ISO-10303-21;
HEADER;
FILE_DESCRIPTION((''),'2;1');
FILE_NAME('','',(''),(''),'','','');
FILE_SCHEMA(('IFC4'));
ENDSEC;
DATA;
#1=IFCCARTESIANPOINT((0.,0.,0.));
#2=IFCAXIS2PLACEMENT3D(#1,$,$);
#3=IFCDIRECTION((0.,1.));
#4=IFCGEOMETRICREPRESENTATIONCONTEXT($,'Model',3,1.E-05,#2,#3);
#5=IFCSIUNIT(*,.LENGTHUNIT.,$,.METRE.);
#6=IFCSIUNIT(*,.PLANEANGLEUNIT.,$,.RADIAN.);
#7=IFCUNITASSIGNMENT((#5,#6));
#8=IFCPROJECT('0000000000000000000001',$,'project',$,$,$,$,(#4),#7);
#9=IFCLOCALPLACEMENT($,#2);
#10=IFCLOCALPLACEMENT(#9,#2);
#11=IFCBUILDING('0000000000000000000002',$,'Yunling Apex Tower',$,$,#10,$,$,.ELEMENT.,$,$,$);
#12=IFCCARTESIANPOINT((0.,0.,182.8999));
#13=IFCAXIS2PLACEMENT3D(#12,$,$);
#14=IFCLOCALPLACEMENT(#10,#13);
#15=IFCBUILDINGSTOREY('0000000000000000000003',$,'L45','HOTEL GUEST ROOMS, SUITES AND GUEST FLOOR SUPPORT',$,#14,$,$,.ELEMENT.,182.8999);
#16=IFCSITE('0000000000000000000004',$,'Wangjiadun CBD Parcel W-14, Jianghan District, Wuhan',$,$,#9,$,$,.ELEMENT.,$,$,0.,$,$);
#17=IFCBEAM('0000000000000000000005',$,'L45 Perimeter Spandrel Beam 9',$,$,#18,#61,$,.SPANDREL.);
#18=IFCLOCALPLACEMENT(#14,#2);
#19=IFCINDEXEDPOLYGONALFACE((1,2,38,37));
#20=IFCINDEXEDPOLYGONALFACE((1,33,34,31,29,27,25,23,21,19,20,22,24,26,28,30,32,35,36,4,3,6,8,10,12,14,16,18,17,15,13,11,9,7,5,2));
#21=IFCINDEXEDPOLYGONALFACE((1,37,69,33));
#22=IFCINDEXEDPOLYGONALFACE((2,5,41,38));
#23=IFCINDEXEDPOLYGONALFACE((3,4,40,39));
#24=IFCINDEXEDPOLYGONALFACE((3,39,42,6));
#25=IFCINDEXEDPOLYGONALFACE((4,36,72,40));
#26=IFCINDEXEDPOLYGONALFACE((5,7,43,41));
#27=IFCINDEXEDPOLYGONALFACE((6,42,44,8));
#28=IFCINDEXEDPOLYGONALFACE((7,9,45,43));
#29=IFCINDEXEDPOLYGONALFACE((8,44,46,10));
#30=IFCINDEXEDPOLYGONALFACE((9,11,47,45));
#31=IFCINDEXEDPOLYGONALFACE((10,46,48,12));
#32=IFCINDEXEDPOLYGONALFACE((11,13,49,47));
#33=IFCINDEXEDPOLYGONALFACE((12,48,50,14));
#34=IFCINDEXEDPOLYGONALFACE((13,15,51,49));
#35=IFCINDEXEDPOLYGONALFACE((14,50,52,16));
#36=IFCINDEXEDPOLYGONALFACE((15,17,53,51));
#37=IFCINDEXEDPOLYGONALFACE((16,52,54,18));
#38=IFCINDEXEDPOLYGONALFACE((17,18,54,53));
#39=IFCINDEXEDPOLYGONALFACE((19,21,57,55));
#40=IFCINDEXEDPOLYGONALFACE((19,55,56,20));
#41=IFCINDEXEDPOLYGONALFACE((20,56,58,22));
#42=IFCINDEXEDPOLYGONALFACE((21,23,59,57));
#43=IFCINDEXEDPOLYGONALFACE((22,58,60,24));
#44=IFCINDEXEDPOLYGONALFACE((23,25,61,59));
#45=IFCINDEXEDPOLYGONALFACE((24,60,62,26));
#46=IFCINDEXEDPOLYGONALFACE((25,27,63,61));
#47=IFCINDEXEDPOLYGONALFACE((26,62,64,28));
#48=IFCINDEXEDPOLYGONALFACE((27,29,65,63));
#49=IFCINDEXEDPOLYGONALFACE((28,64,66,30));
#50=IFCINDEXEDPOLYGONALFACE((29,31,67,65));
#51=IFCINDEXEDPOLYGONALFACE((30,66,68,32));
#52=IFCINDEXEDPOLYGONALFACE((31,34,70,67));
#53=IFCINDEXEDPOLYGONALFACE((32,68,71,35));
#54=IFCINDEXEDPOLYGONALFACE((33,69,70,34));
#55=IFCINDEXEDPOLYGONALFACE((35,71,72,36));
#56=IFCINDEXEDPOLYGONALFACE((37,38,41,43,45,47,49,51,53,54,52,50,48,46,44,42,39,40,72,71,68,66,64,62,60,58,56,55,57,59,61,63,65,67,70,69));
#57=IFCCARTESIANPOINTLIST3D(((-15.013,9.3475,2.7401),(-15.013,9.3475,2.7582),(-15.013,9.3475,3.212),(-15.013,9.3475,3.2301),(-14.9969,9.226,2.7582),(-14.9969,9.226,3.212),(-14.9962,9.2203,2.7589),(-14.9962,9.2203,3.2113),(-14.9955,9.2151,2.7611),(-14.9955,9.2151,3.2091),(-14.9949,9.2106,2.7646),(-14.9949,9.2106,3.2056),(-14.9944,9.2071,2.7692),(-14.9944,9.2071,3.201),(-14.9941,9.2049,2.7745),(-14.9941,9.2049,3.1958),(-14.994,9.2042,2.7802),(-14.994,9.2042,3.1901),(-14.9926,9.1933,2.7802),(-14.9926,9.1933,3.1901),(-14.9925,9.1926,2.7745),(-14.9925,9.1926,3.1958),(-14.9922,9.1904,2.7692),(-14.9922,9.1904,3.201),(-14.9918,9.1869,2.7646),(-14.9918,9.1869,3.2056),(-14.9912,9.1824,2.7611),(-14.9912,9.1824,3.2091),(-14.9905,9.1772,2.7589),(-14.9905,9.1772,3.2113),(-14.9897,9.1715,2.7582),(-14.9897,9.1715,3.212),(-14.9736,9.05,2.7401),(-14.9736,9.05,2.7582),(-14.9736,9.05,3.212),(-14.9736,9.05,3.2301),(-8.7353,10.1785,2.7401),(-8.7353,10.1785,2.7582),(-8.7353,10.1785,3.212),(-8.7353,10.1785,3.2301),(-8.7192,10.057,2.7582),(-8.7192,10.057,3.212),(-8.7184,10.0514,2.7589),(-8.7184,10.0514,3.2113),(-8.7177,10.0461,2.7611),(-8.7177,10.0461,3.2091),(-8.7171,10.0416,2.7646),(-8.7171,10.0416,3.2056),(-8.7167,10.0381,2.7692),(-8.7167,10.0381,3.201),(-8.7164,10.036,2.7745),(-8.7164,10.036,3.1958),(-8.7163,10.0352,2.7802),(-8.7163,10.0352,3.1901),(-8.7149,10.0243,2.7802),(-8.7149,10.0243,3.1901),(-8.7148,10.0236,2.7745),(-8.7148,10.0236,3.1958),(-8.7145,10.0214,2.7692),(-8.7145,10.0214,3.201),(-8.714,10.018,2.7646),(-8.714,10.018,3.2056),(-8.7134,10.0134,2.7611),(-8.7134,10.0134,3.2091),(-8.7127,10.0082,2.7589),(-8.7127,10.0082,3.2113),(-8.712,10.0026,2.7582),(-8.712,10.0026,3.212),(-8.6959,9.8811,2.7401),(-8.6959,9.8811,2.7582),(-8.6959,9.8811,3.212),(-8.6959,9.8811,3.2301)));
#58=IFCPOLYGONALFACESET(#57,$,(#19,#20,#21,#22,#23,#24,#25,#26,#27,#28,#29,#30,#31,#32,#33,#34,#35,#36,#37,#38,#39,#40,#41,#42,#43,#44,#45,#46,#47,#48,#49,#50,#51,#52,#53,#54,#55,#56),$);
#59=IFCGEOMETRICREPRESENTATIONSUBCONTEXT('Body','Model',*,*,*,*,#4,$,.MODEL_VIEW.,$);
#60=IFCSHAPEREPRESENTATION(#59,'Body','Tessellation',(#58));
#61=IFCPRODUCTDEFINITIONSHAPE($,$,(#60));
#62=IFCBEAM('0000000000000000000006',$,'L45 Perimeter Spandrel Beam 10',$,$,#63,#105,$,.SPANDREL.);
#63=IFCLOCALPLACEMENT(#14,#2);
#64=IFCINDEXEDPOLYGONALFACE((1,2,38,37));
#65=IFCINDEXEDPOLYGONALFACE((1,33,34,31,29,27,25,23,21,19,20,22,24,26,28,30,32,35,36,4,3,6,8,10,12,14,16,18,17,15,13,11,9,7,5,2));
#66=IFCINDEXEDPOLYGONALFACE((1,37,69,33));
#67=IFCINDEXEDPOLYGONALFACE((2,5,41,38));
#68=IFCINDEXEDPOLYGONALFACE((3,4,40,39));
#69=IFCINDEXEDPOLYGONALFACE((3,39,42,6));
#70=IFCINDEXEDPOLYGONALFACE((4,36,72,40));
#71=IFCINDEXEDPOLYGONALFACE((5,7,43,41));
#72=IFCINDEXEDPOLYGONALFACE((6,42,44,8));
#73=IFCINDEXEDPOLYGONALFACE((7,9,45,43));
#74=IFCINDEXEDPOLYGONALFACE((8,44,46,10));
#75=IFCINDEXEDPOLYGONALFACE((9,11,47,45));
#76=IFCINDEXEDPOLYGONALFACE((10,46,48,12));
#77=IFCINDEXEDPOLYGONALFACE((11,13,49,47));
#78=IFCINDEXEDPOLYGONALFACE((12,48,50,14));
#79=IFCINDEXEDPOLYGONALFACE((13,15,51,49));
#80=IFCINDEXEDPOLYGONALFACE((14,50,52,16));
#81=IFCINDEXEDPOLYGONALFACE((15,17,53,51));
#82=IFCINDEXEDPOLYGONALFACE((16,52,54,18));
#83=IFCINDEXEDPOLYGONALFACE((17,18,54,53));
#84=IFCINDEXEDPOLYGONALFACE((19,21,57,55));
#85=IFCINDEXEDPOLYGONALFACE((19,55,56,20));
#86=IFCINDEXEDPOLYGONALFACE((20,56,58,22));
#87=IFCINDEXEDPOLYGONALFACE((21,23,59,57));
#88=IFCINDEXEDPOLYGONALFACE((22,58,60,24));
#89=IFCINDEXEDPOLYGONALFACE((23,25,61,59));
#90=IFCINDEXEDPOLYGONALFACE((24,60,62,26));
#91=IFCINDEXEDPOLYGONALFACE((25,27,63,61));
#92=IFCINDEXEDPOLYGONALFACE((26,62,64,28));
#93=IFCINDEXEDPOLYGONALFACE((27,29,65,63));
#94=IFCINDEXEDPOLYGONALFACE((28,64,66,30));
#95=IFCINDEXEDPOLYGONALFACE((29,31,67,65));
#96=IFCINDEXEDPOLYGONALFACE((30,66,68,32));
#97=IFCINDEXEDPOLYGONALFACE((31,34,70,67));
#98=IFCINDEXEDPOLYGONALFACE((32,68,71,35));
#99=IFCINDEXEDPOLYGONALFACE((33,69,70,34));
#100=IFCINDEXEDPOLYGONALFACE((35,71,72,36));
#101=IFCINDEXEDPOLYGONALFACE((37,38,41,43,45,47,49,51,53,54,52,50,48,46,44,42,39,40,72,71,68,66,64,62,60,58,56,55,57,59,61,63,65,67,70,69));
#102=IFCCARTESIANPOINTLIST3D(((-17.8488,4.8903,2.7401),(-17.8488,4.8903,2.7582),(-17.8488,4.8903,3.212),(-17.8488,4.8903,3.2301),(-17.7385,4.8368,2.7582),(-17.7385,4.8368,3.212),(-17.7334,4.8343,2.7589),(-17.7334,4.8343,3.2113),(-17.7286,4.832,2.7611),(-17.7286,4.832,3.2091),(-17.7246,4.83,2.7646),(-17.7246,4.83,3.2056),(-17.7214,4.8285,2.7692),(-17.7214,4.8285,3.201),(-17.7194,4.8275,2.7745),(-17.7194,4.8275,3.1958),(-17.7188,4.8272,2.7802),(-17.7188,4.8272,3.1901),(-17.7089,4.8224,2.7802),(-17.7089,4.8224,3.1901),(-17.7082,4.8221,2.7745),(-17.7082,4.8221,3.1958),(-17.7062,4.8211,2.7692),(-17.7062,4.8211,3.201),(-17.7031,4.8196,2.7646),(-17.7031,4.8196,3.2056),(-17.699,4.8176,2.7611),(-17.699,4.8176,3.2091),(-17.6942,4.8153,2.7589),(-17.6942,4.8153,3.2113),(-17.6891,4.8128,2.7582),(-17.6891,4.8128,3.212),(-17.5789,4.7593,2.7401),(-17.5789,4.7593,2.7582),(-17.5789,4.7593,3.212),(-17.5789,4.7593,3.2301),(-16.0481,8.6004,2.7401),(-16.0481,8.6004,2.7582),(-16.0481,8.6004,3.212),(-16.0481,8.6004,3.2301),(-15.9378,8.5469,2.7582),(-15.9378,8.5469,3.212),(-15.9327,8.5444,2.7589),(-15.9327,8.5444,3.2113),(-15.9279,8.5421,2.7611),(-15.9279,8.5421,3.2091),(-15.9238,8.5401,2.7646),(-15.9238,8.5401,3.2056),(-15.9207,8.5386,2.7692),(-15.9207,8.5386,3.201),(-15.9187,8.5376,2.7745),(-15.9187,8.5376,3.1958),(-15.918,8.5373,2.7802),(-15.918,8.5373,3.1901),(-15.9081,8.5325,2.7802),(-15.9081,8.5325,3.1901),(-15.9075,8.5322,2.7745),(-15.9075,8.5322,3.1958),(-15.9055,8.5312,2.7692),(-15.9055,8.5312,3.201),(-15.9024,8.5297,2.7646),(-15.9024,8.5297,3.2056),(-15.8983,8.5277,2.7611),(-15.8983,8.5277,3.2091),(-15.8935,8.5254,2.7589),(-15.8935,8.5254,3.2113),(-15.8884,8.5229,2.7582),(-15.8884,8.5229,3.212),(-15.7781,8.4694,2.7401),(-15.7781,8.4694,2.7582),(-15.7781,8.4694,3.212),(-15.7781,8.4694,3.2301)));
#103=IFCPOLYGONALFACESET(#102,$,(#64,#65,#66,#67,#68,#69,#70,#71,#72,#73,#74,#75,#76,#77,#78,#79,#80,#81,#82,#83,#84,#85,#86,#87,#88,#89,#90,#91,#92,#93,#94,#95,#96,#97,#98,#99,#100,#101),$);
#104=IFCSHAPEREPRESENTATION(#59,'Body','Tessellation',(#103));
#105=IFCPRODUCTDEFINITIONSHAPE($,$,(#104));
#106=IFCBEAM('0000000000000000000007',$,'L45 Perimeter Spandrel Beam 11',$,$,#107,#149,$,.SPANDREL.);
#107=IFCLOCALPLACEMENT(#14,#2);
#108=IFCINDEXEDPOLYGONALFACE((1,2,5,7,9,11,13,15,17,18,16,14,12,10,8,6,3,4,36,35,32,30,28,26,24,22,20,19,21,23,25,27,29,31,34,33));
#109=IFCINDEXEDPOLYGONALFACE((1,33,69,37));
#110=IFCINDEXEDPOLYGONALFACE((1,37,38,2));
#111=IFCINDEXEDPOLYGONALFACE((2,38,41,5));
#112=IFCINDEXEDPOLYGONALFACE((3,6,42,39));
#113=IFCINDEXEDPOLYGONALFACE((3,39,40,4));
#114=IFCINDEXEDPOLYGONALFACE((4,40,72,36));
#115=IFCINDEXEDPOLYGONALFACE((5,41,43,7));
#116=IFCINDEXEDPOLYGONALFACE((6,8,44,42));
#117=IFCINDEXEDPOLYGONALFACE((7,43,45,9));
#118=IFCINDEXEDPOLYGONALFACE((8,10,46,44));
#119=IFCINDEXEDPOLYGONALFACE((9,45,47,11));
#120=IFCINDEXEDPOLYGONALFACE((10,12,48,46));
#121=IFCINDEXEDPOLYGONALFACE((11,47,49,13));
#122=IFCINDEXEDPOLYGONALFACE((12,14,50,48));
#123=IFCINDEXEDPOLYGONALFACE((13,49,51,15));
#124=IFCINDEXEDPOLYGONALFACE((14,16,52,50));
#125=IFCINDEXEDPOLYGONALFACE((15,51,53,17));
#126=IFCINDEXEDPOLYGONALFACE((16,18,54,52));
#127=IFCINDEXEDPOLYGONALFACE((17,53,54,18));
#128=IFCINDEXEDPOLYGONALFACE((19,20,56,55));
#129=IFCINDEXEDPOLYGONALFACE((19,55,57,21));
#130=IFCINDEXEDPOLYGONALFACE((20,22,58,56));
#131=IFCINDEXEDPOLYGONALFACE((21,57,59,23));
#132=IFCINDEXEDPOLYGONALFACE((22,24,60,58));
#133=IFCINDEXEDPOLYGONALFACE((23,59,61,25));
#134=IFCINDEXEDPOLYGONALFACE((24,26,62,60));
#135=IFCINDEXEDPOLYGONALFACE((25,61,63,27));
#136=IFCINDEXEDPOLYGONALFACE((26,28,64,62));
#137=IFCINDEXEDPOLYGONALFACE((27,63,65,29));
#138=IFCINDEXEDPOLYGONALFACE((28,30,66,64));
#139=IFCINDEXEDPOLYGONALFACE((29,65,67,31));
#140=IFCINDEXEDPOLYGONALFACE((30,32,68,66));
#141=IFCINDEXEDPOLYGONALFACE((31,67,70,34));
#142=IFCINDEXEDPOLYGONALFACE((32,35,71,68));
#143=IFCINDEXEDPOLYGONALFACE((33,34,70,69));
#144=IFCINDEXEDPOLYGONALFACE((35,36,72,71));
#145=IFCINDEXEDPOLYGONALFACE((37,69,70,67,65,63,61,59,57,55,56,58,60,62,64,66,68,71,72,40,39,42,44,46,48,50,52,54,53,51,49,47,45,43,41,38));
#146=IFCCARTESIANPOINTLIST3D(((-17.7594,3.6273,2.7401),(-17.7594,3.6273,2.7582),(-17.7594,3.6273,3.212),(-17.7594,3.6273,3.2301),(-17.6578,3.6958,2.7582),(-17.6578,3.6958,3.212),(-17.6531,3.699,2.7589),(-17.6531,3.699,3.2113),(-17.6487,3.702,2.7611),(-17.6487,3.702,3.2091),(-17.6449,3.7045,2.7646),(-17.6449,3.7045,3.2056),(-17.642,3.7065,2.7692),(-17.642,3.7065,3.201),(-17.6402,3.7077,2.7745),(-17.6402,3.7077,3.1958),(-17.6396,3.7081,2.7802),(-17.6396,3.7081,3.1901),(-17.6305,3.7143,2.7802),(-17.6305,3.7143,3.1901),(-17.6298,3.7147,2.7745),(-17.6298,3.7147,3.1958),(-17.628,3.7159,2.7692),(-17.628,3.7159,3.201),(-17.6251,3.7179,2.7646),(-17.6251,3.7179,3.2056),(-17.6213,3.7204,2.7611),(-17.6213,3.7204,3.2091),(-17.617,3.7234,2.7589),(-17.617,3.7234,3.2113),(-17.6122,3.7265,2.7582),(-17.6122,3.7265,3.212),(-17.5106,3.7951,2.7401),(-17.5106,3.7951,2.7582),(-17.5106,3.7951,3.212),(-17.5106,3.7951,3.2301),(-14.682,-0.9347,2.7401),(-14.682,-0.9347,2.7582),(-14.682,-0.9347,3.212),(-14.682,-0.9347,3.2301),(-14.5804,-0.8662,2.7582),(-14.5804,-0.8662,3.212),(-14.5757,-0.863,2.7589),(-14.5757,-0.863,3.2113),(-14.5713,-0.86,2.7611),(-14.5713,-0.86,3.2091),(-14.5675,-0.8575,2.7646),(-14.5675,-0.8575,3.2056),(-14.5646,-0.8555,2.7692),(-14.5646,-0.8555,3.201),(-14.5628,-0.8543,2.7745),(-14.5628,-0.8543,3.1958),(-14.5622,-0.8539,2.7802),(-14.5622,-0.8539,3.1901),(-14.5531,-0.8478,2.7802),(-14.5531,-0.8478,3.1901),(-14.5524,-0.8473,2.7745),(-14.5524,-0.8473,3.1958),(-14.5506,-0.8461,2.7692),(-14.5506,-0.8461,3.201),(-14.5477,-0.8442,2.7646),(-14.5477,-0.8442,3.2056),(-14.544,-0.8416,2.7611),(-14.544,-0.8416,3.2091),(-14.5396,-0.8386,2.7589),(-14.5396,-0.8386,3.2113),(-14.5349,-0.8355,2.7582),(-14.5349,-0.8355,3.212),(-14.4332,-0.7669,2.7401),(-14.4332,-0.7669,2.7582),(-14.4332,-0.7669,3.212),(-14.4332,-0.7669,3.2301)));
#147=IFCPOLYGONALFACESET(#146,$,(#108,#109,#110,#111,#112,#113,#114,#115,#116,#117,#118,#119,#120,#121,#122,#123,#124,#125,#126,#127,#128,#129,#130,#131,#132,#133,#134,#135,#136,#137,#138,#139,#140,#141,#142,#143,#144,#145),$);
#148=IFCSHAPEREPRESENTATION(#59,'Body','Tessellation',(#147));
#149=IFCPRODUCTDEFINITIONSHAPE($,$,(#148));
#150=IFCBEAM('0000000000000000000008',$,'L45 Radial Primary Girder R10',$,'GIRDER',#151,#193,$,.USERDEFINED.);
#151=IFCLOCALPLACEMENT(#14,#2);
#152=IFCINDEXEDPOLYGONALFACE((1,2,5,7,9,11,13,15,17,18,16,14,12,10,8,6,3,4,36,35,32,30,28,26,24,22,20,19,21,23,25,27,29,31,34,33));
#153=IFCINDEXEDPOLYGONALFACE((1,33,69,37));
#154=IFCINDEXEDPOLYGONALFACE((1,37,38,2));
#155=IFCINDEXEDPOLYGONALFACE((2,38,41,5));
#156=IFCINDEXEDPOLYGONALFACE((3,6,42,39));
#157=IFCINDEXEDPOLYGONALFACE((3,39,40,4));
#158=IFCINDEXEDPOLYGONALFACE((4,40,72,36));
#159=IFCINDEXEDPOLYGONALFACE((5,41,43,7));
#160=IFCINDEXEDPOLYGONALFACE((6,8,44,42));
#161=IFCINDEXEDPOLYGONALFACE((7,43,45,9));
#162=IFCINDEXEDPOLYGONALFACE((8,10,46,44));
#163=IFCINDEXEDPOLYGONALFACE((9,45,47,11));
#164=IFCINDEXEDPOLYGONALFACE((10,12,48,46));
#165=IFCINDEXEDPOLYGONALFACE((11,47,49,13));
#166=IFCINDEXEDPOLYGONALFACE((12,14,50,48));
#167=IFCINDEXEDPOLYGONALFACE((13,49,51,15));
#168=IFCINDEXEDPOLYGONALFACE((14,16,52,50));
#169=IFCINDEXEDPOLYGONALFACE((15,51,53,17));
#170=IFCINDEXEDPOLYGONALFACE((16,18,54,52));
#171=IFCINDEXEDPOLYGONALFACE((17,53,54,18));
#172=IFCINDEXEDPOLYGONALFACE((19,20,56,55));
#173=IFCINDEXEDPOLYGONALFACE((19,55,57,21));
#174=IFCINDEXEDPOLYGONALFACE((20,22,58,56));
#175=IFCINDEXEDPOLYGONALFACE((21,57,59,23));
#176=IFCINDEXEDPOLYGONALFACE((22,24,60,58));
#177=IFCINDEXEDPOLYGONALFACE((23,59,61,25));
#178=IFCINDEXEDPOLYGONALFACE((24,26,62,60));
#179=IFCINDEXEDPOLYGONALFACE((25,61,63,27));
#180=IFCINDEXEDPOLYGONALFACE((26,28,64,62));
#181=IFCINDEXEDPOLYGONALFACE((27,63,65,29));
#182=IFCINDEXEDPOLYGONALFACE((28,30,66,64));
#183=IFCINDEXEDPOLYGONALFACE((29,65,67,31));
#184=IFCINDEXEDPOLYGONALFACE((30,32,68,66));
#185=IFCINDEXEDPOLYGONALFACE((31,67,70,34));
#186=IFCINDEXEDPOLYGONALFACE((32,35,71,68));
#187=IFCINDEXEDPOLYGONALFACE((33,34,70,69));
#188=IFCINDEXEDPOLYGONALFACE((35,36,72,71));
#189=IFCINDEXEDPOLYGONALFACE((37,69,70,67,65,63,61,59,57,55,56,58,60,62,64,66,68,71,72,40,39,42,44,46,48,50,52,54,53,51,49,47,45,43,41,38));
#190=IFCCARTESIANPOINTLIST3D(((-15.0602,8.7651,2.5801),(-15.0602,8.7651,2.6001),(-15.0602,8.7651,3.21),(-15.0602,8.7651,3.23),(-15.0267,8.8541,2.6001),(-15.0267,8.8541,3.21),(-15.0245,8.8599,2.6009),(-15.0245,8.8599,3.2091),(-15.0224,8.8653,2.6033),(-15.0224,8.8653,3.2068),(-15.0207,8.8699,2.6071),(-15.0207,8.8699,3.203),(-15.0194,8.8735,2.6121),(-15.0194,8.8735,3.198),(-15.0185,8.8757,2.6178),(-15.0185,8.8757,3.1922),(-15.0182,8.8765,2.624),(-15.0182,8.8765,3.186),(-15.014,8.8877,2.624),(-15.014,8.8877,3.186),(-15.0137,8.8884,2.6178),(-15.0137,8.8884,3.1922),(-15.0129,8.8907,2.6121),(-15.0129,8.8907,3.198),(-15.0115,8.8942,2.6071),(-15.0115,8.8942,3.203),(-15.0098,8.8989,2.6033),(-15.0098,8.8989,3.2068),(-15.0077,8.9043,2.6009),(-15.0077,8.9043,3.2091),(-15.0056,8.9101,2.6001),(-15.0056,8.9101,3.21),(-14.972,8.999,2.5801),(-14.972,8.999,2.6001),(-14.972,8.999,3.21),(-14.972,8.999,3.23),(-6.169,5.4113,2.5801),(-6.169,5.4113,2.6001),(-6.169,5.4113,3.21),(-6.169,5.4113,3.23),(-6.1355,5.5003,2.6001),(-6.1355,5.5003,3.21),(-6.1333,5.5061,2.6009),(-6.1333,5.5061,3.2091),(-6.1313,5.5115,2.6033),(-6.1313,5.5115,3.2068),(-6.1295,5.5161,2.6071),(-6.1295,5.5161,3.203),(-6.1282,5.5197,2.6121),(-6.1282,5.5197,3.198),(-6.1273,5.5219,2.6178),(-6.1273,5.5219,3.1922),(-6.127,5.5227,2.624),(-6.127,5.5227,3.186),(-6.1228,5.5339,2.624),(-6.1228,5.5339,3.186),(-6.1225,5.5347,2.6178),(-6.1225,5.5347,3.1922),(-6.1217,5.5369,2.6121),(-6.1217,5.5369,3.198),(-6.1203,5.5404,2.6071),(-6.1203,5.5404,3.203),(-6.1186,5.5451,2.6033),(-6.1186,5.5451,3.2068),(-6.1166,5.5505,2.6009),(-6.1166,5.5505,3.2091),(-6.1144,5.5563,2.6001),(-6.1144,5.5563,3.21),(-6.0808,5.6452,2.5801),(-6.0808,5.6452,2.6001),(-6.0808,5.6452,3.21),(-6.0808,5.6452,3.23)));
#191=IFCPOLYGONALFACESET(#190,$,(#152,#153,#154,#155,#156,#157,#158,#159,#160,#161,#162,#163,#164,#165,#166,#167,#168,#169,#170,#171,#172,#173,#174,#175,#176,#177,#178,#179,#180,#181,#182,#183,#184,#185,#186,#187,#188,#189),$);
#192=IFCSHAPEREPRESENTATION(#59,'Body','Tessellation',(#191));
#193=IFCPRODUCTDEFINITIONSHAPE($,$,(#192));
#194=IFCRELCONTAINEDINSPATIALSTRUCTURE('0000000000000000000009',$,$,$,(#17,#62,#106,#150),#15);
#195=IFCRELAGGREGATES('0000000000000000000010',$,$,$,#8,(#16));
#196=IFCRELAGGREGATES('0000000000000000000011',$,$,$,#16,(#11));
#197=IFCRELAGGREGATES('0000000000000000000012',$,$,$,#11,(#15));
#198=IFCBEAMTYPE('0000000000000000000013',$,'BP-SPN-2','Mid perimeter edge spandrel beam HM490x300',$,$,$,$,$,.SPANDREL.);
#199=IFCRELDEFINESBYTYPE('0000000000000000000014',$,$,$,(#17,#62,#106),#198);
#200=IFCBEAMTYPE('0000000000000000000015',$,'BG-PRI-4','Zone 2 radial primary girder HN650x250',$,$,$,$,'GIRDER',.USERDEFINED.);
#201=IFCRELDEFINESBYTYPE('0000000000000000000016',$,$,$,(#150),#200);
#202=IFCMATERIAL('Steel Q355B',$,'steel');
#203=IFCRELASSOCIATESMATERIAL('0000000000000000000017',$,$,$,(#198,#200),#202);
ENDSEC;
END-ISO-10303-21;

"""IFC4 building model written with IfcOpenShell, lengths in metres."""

from ifc_helpers import new_model, si_unit, direction, frame, origin, origin_2d, place, context, subcontext, project, spatial, i_section, extrude, source, transform, mapped, material, material_profile, profile_set, type_object, element, save


model = new_model("IFC4")

# Units and contexts
model_context = context("Model", 3, precision=1e-05, world=origin(), true_north=direction((0.0, 1.0)))
body_context = subcontext(model_context, "Body", "Model", "MODEL_VIEW")
ifc_project = project(units=[si_unit("LENGTHUNIT", "METRE"), si_unit("PLANEANGLEUNIT", "RADIAN")], contexts=[model_context])

# Site, building, storey
site_placement = place(None, origin())
site = spatial("IfcSite", under=ifc_project, at=site_placement, Name="Wangjiadun CBD Parcel W-14, Jianghan District, Wuhan", CompositionType="ELEMENT", RefElevation=0.0)
building_placement = place(site_placement, origin())
building = spatial("IfcBuilding", under=site, at=building_placement, Name="Yunling Apex Tower", CompositionType="ELEMENT")
storey_placement = place(building_placement, frame((0.0, 0.0, 182.8999)))
storey = spatial("IfcBuildingStorey", under=building, at=storey_placement, Name="L45", Description="HOTEL GUEST ROOMS, SUITES AND GUEST FLOOR SUPPORT", CompositionType="ELEMENT", Elevation=182.8999)

# Beams
ifc_material_1 = material(Name="Steel Q355B", Category="steel")
ifc_material_profile_1 = material_profile(ifc_material_1, i_section(OverallWidth=0.3, OverallDepth=0.49, WebThickness=0.011, FlangeThickness=0.0181, FilletRadius=0.022, at=origin_2d()))
ifc_profile_set_1 = profile_set([ifc_material_profile_1], Name="Steel Q355B")
beam_type_1 = type_object("IfcBeamType", Name="BP-SPN-2", Description="Mid perimeter edge spandrel beam HM490x300", PredefinedType="SPANDREL", material=ifc_profile_set_1)
shared_shape_1 = source(origin(), body_context, "Body", "SweptSolid", [
    extrude(i_section(OverallWidth=0.3, OverallDepth=0.49, WebThickness=0.011, FlangeThickness=0.0181, FilletRadius=0.022, at=origin_2d()), origin(), (0.0, 0.0, 1.0), 6.3325),
])
beam_1_placement = place(storey_placement, frame((-8.7156, 10.0298, 2.9851), z_axis=(-0.991351, -0.131234, 0.0), x_axis=(0.131234, -0.991351, 0.0)))
element("IfcBeam", 1, at=beam_1_placement, inside=storey, type_object=beam_type_1, Name="L45 Perimeter Spandrel Beam 9", PredefinedType="SPANDREL", context=body_context, shape_type="MappedRepresentation", body=[
    mapped(shared_shape_1, transform((0.0, 0.0, 0.0), scale=1.0)),
])
shared_shape_2 = source(origin(), body_context, "Body", "SweptSolid", [
    extrude(i_section(OverallWidth=0.3, OverallDepth=0.49, WebThickness=0.011, FlangeThickness=0.0181, FilletRadius=0.022, at=origin_2d()), origin(), (0.0, 0.0, 1.0), 4.124),
])
beam_2_placement = place(storey_placement, frame((-15.9131, 8.5349, 2.9851), z_axis=(-0.436645, -0.899634, 0.0), x_axis=(0.899634, -0.436645, 0.0)))
element("IfcBeam", 2, at=beam_2_placement, inside=storey, type_object=beam_type_1, Name="L45 Perimeter Spandrel Beam 10", PredefinedType="SPANDREL", context=body_context, shape_type="MappedRepresentation", body=[
    mapped(shared_shape_2, transform((0.0, 0.0, 0.0), scale=1.0)),
])
shared_shape_3 = source(origin(), body_context, "Body", "SweptSolid", [
    extrude(i_section(OverallWidth=0.3, OverallDepth=0.49, WebThickness=0.011, FlangeThickness=0.0181, FilletRadius=0.022, at=origin_2d()), origin(), (0.0, 0.0, 1.0), 5.5029),
])
beam_3_placement = place(storey_placement, frame((-17.635, 3.7112, 2.9851), z_axis=(0.559227, -0.829014, 0.0), x_axis=(0.829014, 0.559227, 0.0)))
element("IfcBeam", 3, at=beam_3_placement, inside=storey, type_object=beam_type_1, Name="L45 Perimeter Spandrel Beam 11", PredefinedType="SPANDREL", context=body_context, shape_type="MappedRepresentation", body=[
    mapped(shared_shape_3, transform((0.0, 0.0, 0.0), scale=1.0)),
])
ifc_material_profile_2 = material_profile(ifc_material_1, i_section(OverallWidth=0.25, OverallDepth=0.6499, WebThickness=0.012, FlangeThickness=0.02, FilletRadius=0.0239, at=origin_2d()))
ifc_profile_set_2 = profile_set([ifc_material_profile_2], Name="Steel Q355B")
beam_type_2 = type_object("IfcBeamType", Name="BG-PRI-4", Description="Zone 2 radial primary girder HN650x250", ElementType="GIRDER", PredefinedType="USERDEFINED", material=ifc_profile_set_2)
shared_shape_4 = source(origin(), body_context, "Body", "SweptSolid", [
    extrude(i_section(OverallWidth=0.25, OverallDepth=0.6499, WebThickness=0.012, FlangeThickness=0.02, FilletRadius=0.0239, at=origin_2d()), origin(), (0.0, 0.0, 1.0), 9.5027),
])
beam_4_placement = place(storey_placement, frame((-15.0161, 8.8821, 2.905), z_axis=(0.93565, -0.35293, 0.0), x_axis=(0.35293, 0.93565, 0.0)))
element("IfcBeam", 4, at=beam_4_placement, inside=storey, type_object=beam_type_2, Name="L45 Radial Primary Girder R10", ObjectType="GIRDER", PredefinedType="USERDEFINED", context=body_context, shape_type="MappedRepresentation", body=[
    mapped(shared_shape_4, transform((0.0, 0.0, 0.0), scale=1.0)),
])

save(model, "model.ifc")
